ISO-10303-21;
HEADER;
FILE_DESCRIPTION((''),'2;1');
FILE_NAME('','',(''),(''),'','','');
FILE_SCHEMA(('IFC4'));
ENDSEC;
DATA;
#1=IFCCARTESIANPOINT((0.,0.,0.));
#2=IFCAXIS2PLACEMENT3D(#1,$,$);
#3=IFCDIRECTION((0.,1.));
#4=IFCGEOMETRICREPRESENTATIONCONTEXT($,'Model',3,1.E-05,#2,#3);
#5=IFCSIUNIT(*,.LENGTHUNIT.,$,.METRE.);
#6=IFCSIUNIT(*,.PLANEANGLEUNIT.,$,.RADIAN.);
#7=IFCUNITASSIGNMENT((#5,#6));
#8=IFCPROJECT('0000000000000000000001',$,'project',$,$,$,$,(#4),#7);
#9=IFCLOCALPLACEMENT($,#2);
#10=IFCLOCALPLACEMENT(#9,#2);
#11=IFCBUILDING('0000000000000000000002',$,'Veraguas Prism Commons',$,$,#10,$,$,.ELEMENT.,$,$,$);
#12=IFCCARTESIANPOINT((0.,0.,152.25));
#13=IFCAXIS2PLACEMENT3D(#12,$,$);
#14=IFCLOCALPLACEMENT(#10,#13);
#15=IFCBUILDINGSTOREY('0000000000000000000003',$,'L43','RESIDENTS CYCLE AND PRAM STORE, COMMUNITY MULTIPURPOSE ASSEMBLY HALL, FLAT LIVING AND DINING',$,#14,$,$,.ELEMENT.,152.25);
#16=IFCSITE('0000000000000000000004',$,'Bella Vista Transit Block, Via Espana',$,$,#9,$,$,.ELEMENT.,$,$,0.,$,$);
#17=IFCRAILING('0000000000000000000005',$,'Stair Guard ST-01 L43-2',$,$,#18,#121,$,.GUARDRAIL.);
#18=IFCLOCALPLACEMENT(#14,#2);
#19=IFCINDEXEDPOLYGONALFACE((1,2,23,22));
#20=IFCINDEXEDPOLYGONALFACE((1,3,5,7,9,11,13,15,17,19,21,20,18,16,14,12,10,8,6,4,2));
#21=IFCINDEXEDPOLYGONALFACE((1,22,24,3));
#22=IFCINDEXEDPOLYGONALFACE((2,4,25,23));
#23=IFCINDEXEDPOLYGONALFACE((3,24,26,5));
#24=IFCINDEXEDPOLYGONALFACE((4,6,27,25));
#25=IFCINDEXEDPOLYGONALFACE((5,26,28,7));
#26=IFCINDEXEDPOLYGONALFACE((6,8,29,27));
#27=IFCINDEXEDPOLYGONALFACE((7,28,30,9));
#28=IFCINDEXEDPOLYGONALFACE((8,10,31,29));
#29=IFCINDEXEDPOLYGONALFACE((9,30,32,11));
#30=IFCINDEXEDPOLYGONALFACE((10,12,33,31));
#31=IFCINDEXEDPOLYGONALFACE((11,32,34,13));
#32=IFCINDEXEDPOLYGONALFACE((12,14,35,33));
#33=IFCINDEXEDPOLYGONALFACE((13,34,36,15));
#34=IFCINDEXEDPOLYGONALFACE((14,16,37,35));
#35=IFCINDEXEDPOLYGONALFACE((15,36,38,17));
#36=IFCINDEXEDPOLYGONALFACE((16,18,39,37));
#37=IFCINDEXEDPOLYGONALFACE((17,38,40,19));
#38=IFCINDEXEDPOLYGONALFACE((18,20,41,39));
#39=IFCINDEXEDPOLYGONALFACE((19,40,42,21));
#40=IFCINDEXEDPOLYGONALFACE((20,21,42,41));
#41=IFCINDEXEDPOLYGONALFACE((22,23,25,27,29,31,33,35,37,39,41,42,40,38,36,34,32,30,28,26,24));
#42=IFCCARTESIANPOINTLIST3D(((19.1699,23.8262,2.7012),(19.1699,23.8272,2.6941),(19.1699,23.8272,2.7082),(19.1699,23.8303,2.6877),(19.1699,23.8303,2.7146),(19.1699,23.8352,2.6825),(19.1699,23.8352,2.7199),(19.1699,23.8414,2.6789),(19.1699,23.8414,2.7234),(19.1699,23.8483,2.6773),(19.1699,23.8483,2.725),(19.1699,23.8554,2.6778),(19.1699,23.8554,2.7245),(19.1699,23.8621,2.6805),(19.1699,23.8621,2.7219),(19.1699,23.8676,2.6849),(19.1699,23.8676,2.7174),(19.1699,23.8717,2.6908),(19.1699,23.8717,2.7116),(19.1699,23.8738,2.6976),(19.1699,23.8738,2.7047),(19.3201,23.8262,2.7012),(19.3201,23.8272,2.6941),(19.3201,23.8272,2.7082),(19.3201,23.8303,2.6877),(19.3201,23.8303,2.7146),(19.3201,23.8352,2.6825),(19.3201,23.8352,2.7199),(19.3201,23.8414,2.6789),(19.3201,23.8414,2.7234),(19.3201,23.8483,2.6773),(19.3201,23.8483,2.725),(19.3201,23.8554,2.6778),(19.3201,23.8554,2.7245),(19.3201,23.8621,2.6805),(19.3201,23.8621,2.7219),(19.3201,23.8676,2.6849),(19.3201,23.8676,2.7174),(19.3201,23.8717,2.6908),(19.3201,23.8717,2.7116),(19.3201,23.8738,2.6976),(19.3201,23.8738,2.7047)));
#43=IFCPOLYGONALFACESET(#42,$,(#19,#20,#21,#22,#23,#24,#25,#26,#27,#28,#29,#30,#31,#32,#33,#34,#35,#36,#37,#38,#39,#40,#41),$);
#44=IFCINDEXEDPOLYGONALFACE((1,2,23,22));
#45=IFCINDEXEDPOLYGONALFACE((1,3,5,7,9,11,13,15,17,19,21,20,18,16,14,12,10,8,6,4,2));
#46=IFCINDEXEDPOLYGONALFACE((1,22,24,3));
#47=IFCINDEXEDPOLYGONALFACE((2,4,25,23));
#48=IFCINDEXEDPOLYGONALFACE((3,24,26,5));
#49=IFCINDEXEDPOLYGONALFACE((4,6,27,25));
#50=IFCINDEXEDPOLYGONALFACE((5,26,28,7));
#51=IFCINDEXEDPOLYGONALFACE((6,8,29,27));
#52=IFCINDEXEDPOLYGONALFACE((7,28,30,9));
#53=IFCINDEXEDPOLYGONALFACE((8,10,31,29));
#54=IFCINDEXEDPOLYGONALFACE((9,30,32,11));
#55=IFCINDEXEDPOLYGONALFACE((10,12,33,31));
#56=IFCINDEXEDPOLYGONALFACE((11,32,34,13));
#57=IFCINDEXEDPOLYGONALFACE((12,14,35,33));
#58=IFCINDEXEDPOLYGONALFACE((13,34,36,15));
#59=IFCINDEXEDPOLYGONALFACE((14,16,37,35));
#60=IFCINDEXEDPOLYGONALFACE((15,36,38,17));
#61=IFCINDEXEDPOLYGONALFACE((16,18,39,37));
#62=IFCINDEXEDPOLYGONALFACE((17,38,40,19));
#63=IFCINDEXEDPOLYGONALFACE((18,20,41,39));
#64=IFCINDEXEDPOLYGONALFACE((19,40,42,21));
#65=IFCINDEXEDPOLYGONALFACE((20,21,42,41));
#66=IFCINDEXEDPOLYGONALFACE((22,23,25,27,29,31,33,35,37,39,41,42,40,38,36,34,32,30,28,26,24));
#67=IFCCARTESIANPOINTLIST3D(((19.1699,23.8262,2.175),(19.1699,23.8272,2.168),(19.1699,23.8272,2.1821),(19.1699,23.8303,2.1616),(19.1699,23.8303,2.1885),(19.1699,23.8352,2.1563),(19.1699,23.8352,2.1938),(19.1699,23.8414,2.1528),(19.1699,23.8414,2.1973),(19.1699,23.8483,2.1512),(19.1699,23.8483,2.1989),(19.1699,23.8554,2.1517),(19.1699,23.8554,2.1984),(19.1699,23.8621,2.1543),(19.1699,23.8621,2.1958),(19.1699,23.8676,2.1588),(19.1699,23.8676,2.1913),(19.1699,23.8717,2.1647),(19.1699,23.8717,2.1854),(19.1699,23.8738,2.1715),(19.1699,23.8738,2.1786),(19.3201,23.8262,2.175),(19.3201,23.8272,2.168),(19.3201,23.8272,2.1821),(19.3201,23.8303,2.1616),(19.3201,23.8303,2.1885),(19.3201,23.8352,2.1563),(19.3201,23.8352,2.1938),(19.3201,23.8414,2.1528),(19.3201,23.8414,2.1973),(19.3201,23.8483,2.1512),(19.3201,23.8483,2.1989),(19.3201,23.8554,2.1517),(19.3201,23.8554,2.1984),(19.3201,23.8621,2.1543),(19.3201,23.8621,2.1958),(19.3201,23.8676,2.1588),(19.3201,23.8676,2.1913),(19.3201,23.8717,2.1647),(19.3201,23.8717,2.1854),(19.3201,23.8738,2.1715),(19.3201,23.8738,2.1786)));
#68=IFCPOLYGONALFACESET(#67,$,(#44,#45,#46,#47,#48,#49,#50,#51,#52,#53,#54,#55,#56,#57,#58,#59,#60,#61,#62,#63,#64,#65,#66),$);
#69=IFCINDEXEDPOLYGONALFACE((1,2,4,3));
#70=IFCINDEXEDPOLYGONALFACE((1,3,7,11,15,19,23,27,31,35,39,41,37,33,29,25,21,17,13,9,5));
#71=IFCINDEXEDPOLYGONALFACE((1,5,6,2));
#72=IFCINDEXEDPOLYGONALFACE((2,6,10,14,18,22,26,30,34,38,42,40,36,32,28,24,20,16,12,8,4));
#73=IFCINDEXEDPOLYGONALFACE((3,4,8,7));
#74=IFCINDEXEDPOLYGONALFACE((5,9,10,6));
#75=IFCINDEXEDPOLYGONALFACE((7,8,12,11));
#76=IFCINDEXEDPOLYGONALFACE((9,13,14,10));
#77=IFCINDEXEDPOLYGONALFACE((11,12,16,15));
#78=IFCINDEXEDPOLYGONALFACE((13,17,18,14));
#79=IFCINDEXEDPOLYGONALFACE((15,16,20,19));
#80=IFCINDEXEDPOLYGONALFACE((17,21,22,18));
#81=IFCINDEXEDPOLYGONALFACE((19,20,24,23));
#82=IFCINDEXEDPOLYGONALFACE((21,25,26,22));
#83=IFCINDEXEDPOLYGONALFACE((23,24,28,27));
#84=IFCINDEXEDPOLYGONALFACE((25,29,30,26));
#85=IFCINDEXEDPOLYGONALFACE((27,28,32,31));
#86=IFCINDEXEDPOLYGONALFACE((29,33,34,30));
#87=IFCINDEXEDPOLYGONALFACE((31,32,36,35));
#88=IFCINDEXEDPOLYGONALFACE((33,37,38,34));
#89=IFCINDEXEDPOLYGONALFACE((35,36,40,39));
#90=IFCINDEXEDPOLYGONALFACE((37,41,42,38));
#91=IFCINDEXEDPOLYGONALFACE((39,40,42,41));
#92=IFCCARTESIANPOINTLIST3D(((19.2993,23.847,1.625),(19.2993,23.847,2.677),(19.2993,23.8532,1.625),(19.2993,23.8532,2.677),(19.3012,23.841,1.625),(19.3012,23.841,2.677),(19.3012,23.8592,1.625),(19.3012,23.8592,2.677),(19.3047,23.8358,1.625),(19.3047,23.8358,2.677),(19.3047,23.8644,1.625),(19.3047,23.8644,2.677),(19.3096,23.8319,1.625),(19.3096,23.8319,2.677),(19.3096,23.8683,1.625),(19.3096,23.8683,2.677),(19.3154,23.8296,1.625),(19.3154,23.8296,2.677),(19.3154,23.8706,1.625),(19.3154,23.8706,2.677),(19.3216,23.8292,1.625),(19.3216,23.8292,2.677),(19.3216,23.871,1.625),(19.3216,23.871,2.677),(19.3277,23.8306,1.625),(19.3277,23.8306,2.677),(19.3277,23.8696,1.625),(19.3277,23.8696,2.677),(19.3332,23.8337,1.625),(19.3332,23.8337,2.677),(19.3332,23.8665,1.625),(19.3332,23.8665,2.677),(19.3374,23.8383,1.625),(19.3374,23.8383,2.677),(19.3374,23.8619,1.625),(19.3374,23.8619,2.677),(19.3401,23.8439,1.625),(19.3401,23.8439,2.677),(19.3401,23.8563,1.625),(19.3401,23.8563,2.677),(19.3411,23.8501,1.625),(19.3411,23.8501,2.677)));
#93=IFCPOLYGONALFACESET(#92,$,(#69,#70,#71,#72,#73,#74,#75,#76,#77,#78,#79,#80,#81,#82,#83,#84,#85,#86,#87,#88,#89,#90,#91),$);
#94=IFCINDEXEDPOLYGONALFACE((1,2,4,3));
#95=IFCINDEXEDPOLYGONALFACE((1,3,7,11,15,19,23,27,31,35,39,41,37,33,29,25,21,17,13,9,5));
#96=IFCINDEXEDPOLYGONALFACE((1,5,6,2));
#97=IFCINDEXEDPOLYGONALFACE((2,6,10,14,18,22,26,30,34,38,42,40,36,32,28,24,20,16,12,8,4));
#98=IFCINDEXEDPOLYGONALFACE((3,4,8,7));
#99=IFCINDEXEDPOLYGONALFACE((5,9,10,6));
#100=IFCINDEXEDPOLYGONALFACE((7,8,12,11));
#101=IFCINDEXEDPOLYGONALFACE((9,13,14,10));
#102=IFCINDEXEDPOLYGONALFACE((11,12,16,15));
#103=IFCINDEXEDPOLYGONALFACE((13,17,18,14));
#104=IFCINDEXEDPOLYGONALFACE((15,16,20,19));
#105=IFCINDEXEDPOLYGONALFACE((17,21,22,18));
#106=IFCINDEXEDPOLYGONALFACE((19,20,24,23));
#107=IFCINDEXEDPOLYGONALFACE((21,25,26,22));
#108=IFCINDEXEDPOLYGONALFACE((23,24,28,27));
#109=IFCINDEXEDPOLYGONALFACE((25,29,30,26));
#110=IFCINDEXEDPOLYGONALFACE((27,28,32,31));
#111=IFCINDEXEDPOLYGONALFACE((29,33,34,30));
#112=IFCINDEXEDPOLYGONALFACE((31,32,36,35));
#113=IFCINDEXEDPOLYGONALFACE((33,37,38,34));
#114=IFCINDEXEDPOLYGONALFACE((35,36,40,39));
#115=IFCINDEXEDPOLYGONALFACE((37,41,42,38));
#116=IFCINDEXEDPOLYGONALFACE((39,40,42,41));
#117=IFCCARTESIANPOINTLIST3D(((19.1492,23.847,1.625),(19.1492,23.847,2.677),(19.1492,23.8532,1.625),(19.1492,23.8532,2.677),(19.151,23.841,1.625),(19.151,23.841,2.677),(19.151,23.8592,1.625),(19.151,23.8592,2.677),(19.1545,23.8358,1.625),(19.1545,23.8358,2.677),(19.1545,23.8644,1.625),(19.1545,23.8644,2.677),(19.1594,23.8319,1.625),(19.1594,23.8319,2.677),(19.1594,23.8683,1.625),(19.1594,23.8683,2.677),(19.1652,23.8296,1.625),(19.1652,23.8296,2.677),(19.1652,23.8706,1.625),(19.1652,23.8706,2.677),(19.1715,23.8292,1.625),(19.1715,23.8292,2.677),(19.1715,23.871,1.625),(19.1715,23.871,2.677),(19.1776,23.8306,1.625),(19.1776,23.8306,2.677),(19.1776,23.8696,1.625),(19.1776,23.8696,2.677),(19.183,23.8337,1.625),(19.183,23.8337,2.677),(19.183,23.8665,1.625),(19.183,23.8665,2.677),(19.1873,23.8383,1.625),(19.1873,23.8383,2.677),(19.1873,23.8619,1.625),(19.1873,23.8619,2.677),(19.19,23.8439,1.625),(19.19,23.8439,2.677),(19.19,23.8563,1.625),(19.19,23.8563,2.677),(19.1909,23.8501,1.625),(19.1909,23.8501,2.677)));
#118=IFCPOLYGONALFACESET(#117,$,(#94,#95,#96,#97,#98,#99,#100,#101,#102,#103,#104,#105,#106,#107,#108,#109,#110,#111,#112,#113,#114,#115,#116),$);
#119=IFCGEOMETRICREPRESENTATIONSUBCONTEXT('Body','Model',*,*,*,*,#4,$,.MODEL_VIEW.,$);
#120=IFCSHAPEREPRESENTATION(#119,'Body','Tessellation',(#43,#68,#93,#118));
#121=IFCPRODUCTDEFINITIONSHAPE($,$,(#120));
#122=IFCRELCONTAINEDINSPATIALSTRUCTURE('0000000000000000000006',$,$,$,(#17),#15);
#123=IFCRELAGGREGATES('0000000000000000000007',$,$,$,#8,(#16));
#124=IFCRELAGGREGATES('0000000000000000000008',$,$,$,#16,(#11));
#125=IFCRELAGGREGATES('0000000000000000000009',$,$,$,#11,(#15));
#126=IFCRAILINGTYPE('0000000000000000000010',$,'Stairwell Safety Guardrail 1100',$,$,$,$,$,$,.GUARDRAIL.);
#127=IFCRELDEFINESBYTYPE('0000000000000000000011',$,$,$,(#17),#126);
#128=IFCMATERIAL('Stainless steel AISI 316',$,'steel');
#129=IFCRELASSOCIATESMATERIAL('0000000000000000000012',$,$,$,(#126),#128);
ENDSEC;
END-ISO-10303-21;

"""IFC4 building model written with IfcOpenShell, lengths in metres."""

from ifc_helpers import new_model, si_unit, direction, frame, origin, origin_2d, place, context, subcontext, project, spatial, circle, extrude, material, type_object, element, save


model = new_model("IFC4")

# Units and contexts
model_context = context("Model", 3, precision=1e-05, world=origin(), true_north=direction((0.0, 1.0)))
body_context = subcontext(model_context, "Body", "Model", "MODEL_VIEW")
ifc_project = project(units=[si_unit("LENGTHUNIT", "METRE"), si_unit("PLANEANGLEUNIT", "RADIAN")], contexts=[model_context])

# Site, building, storey
site_placement = place(None, origin())
site = spatial("IfcSite", under=ifc_project, at=site_placement, Name="Bella Vista Transit Block, Via Espana", CompositionType="ELEMENT", RefElevation=0.0)
building_placement = place(site_placement, origin())
building = spatial("IfcBuilding", under=site, at=building_placement, Name="Veraguas Prism Commons", CompositionType="ELEMENT")
storey_placement = place(building_placement, frame((0.0, 0.0, 152.25)))
storey = spatial("IfcBuildingStorey", under=building, at=storey_placement, Name="L43", Description="RESIDENTS CYCLE AND PRAM STORE, COMMUNITY MULTIPURPOSE ASSEMBLY HALL, FLAT LIVING AND DINING", CompositionType="ELEMENT", Elevation=152.25)

# Railing
ifc_material_1 = material(Name="Stainless steel AISI 316", Category="steel")
railing_type_1 = type_object("IfcRailingType", Name="Stairwell Safety Guardrail 1100", PredefinedType="GUARDRAIL", material=ifc_material_1)
railing_1_placement = place(storey_placement, frame((19.3201, 23.8501, 1.625)))
element("IfcRailing", 1, at=railing_1_placement, inside=storey, type_object=railing_type_1, Name="Stair Guard ST-01 L43-2", PredefinedType="GUARDRAIL", context=body_context, shape_type="SweptSolid", body=[
    extrude(circle(Radius=0.0239, at=origin_2d()), frame((0.0, 0.0, 1.0762), z_axis=(-1.0, 0.0, 0.0), x_axis=(0.0, -1.0, 0.0)), (0.0, 0.0, 1.0), 0.1501),
    extrude(circle(Radius=0.0239, at=origin_2d()), frame((0.0, 0.0, 0.55), z_axis=(-1.0, 0.0, 0.0), x_axis=(0.0, -1.0, 0.0)), (0.0, 0.0, 1.0), 0.1501),
    extrude(circle(Radius=0.021, at=origin_2d()), origin(), (0.0, 0.0, 1.0), 1.052),
    extrude(circle(Radius=0.021, at=origin_2d()), frame((-0.1501, 0.0, 0.0)), (0.0, 0.0, 1.0), 1.052),
])

save(model, "model.ifc")
